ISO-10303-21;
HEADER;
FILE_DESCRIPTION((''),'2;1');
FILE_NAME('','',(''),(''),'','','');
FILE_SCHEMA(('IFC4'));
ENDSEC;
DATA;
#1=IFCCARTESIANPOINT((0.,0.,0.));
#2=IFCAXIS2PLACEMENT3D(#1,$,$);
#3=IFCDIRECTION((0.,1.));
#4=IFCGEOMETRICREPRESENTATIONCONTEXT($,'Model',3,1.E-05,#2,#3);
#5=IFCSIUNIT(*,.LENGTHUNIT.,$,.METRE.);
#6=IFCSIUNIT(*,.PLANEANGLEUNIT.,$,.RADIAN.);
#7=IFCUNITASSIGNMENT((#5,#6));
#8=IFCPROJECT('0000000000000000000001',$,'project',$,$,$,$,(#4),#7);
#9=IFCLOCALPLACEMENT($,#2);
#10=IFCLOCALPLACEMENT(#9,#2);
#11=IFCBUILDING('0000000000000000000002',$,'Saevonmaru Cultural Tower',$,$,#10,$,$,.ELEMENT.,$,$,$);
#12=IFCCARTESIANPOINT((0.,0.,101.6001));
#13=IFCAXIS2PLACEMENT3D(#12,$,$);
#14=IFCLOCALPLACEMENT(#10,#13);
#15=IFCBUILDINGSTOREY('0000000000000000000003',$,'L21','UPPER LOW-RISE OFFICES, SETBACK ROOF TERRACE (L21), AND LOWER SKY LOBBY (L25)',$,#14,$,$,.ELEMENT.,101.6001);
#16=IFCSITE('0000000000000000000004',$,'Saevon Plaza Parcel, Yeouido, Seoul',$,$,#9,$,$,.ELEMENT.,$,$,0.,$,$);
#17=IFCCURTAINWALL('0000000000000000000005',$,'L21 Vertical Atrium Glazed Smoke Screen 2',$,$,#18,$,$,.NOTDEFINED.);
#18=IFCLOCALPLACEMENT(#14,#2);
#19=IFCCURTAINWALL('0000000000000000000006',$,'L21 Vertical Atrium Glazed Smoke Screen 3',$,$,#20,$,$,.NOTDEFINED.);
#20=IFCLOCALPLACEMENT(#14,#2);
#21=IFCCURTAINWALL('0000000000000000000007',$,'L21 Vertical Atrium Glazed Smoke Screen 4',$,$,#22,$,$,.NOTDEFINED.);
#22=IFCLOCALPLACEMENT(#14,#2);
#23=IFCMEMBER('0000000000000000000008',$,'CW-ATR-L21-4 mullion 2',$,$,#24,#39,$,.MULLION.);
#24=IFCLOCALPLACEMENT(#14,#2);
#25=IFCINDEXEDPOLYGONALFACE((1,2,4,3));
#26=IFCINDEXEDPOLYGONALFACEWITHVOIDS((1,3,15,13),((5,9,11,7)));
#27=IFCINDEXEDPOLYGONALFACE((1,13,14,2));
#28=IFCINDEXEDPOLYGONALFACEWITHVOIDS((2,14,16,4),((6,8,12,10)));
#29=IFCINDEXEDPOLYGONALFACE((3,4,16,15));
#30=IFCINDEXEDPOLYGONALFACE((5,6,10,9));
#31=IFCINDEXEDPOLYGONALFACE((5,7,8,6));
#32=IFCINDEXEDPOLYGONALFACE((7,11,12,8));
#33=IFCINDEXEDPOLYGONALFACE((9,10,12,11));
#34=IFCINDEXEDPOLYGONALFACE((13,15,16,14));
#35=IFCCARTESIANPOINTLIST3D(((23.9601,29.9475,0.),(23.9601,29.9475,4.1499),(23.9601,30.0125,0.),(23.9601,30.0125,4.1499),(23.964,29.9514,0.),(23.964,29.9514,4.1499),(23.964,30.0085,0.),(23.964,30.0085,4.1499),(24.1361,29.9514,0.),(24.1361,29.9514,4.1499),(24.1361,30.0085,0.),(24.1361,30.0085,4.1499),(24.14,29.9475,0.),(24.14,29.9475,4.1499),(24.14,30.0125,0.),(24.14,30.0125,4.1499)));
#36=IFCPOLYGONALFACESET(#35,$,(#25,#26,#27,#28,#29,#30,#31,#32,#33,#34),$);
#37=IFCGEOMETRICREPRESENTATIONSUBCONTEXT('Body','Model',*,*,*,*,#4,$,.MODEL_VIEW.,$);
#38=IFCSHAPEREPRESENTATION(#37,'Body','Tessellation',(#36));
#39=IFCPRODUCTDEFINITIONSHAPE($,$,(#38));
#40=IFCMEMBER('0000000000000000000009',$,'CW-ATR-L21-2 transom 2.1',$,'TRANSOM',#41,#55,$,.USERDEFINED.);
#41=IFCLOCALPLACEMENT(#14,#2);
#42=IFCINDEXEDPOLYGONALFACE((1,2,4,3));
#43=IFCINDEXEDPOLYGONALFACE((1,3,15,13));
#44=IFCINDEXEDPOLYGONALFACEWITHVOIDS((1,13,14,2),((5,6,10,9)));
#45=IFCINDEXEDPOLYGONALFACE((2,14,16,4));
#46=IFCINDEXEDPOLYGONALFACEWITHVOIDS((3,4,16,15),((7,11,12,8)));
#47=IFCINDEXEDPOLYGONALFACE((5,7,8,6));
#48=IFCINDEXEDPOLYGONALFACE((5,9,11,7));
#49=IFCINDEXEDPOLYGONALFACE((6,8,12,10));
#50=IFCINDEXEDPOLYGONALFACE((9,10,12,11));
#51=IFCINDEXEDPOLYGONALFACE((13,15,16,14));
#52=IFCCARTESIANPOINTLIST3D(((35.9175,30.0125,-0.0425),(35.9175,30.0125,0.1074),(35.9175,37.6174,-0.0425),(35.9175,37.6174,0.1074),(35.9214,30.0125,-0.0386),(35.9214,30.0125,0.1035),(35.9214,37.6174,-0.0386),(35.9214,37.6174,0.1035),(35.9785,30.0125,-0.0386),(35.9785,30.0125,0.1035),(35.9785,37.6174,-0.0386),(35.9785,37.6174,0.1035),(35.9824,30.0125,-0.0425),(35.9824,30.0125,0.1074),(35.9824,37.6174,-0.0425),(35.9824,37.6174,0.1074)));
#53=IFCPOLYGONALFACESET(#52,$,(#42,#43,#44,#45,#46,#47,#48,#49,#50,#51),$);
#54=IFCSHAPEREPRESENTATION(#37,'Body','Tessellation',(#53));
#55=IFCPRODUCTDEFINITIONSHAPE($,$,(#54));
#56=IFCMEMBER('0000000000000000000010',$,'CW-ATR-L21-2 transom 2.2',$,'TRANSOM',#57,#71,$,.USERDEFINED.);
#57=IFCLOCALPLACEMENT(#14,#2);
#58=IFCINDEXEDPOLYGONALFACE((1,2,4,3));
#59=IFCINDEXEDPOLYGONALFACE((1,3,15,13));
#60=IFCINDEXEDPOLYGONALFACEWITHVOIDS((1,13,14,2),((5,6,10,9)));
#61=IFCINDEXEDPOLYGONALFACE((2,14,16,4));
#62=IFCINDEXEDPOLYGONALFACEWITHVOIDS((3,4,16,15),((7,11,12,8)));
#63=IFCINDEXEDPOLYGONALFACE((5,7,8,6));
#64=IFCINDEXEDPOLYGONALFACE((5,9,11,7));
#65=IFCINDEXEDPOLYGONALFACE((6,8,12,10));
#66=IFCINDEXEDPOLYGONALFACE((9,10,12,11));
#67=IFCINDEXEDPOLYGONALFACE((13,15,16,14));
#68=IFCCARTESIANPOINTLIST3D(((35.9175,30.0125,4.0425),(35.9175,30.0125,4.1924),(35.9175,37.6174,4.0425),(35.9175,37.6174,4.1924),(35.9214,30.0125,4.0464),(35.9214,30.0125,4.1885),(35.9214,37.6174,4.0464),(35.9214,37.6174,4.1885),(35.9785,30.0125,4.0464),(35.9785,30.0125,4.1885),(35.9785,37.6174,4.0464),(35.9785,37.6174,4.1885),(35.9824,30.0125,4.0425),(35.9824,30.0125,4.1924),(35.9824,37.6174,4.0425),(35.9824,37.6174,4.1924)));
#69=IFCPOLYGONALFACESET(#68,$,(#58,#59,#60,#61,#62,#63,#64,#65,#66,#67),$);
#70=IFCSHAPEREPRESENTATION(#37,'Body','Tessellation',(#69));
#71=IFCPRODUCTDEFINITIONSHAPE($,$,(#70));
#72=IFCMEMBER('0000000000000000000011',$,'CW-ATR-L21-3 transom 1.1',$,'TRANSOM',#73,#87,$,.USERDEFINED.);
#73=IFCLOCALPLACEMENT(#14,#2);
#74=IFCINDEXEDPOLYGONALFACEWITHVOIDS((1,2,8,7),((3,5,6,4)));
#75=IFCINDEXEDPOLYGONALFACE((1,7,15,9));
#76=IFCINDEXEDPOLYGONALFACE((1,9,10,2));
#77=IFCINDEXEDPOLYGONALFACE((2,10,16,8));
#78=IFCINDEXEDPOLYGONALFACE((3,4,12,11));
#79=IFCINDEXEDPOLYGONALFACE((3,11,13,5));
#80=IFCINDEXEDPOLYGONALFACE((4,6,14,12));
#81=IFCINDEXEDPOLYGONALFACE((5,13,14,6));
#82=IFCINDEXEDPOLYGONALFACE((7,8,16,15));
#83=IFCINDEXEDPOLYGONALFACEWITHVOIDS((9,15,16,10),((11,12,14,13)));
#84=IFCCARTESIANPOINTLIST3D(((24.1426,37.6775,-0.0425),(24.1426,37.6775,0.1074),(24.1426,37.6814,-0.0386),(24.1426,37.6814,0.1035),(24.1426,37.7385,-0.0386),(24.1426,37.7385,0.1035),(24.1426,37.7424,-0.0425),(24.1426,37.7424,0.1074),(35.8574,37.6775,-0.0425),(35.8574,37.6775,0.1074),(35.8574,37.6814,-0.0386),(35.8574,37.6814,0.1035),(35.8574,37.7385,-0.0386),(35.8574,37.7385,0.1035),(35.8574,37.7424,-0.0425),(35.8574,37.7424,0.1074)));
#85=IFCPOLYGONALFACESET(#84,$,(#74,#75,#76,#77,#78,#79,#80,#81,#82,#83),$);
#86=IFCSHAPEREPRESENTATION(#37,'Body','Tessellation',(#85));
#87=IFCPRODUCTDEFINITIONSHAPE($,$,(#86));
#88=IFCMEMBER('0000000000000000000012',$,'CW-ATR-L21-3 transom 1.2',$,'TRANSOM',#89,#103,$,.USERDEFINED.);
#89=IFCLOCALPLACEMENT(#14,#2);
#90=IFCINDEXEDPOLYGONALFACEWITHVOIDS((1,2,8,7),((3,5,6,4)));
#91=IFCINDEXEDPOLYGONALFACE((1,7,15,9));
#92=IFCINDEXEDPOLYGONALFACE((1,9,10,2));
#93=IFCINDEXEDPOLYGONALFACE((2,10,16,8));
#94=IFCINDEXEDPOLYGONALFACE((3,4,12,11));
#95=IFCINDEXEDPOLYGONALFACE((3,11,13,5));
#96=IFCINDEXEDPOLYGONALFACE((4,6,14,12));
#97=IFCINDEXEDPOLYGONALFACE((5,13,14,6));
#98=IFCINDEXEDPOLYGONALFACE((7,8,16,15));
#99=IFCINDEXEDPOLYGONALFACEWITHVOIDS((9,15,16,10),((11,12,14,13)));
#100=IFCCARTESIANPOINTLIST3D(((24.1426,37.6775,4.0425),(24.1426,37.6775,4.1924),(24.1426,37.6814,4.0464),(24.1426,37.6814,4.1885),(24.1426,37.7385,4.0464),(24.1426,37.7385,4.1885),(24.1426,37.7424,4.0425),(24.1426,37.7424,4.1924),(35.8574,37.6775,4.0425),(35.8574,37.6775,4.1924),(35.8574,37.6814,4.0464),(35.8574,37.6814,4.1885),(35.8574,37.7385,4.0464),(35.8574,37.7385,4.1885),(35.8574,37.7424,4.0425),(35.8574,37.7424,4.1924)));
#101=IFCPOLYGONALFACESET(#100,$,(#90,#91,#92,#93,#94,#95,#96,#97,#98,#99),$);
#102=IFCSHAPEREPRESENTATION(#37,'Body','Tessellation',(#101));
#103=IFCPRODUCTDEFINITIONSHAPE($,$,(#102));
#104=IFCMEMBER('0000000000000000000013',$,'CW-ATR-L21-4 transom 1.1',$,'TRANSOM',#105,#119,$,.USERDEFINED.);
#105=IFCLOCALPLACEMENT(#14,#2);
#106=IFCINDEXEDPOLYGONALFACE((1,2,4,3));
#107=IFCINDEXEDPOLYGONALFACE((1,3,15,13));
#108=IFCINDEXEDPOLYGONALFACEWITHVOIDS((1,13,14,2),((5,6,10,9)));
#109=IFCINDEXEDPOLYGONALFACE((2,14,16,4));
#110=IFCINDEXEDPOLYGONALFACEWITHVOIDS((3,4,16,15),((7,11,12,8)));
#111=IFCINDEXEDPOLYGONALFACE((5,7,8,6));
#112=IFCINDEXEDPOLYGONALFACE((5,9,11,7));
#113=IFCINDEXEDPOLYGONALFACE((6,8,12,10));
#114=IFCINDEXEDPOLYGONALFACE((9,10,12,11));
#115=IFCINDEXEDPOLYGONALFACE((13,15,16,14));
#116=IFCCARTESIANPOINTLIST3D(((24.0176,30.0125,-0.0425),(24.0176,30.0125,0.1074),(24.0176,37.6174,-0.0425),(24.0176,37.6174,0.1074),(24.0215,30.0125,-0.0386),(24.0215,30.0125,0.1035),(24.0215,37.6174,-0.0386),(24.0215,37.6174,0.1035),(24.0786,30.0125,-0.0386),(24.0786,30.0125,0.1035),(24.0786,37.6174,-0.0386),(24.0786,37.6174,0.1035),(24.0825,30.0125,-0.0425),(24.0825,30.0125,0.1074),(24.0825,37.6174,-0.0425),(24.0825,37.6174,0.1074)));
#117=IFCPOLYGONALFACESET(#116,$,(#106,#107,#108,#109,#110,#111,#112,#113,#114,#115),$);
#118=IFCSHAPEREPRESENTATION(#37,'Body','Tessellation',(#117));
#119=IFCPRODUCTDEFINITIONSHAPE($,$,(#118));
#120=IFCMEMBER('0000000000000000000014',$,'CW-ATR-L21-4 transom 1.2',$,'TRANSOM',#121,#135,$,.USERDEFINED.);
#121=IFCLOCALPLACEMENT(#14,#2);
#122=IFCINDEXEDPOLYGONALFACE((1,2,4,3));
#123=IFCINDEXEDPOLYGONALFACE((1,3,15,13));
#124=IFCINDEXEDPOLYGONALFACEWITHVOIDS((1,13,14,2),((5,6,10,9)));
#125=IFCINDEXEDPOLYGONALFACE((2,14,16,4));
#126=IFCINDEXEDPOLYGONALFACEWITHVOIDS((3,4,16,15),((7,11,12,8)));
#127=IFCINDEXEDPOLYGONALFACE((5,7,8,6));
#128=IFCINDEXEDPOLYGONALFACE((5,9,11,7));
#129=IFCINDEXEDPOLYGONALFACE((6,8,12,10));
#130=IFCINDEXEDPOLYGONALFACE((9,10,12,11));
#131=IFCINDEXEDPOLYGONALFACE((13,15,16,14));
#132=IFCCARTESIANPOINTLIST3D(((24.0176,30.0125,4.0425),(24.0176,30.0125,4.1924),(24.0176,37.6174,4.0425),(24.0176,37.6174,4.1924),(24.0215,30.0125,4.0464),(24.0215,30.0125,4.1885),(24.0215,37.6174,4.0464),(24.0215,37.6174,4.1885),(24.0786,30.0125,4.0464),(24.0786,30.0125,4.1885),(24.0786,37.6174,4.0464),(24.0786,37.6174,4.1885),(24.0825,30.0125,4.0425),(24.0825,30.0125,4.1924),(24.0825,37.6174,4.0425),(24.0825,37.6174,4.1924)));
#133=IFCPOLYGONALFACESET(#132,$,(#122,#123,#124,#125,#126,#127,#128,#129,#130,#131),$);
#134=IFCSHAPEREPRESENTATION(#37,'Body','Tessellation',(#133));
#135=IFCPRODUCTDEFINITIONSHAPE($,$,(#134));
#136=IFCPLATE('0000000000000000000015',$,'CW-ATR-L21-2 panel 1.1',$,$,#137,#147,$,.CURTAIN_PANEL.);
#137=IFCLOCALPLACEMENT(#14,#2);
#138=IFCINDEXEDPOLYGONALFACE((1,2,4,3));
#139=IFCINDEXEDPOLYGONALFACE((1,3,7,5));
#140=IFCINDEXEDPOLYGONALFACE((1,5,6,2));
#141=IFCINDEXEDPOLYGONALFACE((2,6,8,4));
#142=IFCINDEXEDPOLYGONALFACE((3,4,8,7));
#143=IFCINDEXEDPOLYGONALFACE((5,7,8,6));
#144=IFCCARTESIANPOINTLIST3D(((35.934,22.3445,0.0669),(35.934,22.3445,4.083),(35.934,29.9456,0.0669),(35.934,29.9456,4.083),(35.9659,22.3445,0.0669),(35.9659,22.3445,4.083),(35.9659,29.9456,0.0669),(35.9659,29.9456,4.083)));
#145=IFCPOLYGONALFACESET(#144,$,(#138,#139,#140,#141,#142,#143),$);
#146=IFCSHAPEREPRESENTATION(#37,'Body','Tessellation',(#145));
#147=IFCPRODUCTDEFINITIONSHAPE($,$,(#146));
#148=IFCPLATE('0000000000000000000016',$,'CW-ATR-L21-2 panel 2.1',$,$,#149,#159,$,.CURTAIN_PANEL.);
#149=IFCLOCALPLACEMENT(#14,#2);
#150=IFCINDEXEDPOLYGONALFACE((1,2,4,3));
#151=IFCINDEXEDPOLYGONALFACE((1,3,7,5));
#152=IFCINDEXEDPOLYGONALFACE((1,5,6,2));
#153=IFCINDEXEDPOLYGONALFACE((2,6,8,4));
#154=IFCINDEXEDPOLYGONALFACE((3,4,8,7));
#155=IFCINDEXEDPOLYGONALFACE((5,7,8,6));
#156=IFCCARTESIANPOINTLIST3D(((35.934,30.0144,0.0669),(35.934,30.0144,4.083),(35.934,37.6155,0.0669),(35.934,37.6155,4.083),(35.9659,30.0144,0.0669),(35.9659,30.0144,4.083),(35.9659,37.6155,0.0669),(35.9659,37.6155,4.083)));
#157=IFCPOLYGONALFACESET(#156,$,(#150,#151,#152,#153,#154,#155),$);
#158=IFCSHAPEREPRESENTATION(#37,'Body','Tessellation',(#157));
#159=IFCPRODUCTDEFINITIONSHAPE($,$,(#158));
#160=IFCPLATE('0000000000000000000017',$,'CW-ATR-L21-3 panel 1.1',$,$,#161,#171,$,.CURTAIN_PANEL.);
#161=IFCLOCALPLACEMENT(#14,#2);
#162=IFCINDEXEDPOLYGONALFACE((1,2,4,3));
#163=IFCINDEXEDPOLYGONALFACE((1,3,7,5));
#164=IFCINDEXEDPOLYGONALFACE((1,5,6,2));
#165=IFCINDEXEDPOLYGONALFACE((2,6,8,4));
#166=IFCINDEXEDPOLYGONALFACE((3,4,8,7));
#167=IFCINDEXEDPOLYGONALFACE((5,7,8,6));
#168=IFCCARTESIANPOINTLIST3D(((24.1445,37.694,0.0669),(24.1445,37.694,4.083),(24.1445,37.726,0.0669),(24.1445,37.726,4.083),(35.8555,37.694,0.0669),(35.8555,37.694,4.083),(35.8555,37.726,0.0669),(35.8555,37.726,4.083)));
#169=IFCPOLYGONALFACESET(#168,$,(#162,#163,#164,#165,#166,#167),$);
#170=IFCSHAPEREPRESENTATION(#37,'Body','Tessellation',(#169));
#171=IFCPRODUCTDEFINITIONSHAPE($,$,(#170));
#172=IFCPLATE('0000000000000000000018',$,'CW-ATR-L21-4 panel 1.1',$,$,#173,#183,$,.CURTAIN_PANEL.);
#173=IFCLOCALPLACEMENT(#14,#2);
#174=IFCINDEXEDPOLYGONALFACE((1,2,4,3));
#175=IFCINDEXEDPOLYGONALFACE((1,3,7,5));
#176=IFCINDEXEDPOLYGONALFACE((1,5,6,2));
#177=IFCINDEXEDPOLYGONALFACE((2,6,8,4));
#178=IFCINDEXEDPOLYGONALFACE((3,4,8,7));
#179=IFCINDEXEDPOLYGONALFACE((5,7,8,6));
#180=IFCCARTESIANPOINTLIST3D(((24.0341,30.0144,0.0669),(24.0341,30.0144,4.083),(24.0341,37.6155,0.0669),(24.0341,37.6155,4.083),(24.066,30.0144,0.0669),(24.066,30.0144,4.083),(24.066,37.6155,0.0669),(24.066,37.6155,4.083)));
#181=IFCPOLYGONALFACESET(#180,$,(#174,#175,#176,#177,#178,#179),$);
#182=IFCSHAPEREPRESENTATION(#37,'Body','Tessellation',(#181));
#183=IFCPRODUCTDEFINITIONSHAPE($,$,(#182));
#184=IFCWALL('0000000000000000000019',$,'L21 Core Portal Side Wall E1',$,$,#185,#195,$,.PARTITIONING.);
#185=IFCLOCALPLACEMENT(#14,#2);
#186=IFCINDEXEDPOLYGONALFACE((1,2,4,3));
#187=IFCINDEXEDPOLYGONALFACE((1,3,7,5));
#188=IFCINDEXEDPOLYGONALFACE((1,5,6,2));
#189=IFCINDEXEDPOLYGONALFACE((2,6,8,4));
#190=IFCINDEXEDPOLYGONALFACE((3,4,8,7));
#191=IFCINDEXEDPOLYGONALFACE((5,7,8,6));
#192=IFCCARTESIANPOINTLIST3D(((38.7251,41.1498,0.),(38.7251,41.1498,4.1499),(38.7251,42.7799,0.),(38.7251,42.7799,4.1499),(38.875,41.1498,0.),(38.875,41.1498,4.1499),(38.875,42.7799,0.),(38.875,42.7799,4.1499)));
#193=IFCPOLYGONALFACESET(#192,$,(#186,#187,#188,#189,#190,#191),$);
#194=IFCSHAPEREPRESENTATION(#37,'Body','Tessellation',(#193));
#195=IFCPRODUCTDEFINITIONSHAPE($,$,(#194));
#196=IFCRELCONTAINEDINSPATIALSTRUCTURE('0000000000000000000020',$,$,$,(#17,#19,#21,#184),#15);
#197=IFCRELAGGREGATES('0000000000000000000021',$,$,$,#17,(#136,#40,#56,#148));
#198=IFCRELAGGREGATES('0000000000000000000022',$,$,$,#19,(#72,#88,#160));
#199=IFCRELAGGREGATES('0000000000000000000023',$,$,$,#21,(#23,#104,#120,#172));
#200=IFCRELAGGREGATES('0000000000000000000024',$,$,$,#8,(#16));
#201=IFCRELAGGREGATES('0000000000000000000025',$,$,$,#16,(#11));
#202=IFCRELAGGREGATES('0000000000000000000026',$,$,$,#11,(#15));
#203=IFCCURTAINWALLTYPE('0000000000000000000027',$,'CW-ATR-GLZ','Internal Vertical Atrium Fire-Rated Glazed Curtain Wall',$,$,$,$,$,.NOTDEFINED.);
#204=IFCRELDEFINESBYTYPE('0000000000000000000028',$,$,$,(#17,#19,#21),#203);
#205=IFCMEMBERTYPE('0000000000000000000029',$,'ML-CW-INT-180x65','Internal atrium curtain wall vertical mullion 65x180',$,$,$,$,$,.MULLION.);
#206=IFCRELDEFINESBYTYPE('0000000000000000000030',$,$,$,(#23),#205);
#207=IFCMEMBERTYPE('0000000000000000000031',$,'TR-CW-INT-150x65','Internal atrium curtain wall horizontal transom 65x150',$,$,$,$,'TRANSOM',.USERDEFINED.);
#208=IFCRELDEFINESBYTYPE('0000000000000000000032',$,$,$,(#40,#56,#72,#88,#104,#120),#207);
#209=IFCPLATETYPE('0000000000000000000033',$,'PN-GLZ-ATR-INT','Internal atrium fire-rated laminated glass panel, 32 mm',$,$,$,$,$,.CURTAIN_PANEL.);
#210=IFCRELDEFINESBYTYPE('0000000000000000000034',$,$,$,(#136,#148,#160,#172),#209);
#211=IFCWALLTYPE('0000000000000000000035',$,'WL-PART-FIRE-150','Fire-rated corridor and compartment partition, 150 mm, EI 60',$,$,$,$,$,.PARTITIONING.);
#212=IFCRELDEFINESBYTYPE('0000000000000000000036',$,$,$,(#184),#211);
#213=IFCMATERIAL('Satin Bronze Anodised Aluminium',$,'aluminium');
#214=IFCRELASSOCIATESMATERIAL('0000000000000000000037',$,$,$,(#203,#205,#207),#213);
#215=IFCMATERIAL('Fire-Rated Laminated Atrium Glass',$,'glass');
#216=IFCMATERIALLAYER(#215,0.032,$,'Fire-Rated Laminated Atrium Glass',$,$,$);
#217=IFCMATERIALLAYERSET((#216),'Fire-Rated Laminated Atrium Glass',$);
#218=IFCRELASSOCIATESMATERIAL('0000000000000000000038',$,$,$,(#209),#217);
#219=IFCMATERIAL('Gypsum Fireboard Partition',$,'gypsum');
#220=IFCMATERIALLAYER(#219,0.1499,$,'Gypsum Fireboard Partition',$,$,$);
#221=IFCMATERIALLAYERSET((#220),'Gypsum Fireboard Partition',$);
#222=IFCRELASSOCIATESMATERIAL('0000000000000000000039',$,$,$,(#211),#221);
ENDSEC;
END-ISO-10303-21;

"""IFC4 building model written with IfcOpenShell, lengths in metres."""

from ifc_helpers import new_model, si_unit, direction, frame, frame_2d, origin, origin_2d, place, context, subcontext, project, spatial, rectangle, hollow_rectangle, extrude, material, layer, layer_set, material_profile, profile_set, type_object, element, aggregate, save


model = new_model("IFC4")

# Units and contexts
model_context = context("Model", 3, precision=1e-05, world=origin(), true_north=direction((0.0, 1.0)))
body_context = subcontext(model_context, "Body", "Model", "MODEL_VIEW")
ifc_project = project(units=[si_unit("LENGTHUNIT", "METRE"), si_unit("PLANEANGLEUNIT", "RADIAN")], contexts=[model_context])

# Site, building, storey
site_placement = place(None, origin())
site = spatial("IfcSite", under=ifc_project, at=site_placement, Name="Saevon Plaza Parcel, Yeouido, Seoul", CompositionType="ELEMENT", RefElevation=0.0)
building_placement = place(site_placement, origin())
building = spatial("IfcBuilding", under=site, at=building_placement, Name="Saevonmaru Cultural Tower", CompositionType="ELEMENT")
storey_placement = place(building_placement, frame((0.0, 0.0, 101.6001)))
storey = spatial("IfcBuildingStorey", under=building, at=storey_placement, Name="L21", Description="UPPER LOW-RISE OFFICES, SETBACK ROOF TERRACE (L21), AND LOWER SKY LOBBY (L25)", CompositionType="ELEMENT", Elevation=101.6001)

# Curtain walls, member
ifc_material_1 = material(Name="Satin Bronze Anodised Aluminium", Category="aluminium")
curtain_wall_type = type_object("IfcCurtainWallType", Name="CW-ATR-GLZ", Description="Internal Vertical Atrium Fire-Rated Glazed Curtain Wall", PredefinedType="NOTDEFINED", material=ifc_material_1)
curtain_wall_1_placement = place(storey_placement, origin())
curtain_wall_1 = element("IfcCurtainWall", 1, at=curtain_wall_1_placement, inside=storey, type_object=curtain_wall_type, Name="L21 Vertical Atrium Glazed Smoke Screen 2", PredefinedType="NOTDEFINED")
ifc_material_profile_1 = material_profile(ifc_material_1, hollow_rectangle(XDim=0.0649, YDim=0.1799, WallThickness=0.0039, at=origin_2d()), Name="ALU-MULL-180x65x4")
ifc_profile_set_1 = profile_set([ifc_material_profile_1], Name="Satin Bronze Anodised Aluminium")
member_type_1 = type_object("IfcMemberType", Name="ML-CW-INT-180x65", Description="Internal atrium curtain wall vertical mullion 65x180", PredefinedType="MULLION", material=ifc_profile_set_1)
curtain_wall_2_placement = place(storey_placement, origin())
curtain_wall_2 = element("IfcCurtainWall", 2, at=curtain_wall_2_placement, inside=storey, type_object=curtain_wall_type, Name="L21 Vertical Atrium Glazed Smoke Screen 3", PredefinedType="NOTDEFINED")
curtain_wall_3_placement = place(storey_placement, origin())
curtain_wall_3 = element("IfcCurtainWall", 3, at=curtain_wall_3_placement, inside=storey, type_object=curtain_wall_type, Name="L21 Vertical Atrium Glazed Smoke Screen 4", PredefinedType="NOTDEFINED")
member_1_placement = place(storey_placement, frame((24.05, 29.98, 0.0), z_axis=(0.0, 0.0, 1.0), x_axis=(0.0, -1.0, 0.0)))
member_1 = element("IfcMember", 4, at=member_1_placement, type_object=member_type_1, Name="CW-ATR-L21-4 mullion 2", PredefinedType="MULLION", context=body_context, shape_type="SweptSolid", body=[
    extrude(hollow_rectangle(XDim=0.0649, YDim=0.1799, WallThickness=0.0039, at=origin_2d()), origin(), (0.0, 0.0, 1.0), 4.1499),
])

# Members
ifc_material_profile_2 = material_profile(ifc_material_1, hollow_rectangle(XDim=0.0649, YDim=0.1499, WallThickness=0.0039, at=origin_2d()), Name="ALU-TRAN-150x65x4")
ifc_profile_set_2 = profile_set([ifc_material_profile_2], Name="Satin Bronze Anodised Aluminium")
member_type_2 = type_object("IfcMemberType", Name="TR-CW-INT-150x65", Description="Internal atrium curtain wall horizontal transom 65x150", ElementType="TRANSOM", PredefinedType="USERDEFINED", material=ifc_profile_set_2)
member_2_placement = place(storey_placement, frame((35.95, 30.0125, 0.0325), z_axis=(0.0, 1.0, 0.0), x_axis=(-1.0, 0.0, 0.0)))
member_2 = element("IfcMember", 5, at=member_2_placement, type_object=member_type_2, Name="CW-ATR-L21-2 transom 2.1", ObjectType="TRANSOM", PredefinedType="USERDEFINED", context=body_context, shape_type="SweptSolid", body=[
    extrude(hollow_rectangle(XDim=0.0649, YDim=0.1499, WallThickness=0.0039, at=origin_2d()), origin(), (0.0, 0.0, 1.0), 7.605),
])
member_3_placement = place(storey_placement, frame((35.95, 30.0125, 4.1174), z_axis=(0.0, 1.0, 0.0), x_axis=(-1.0, 0.0, 0.0)))
member_3 = element("IfcMember", 6, at=member_3_placement, type_object=member_type_2, Name="CW-ATR-L21-2 transom 2.2", ObjectType="TRANSOM", PredefinedType="USERDEFINED", context=body_context, shape_type="SweptSolid", body=[
    extrude(hollow_rectangle(XDim=0.0649, YDim=0.1499, WallThickness=0.0039, at=origin_2d()), origin(), (0.0, 0.0, 1.0), 7.605),
])
member_4_placement = place(storey_placement, frame((35.8574, 37.71, 0.0325), z_axis=(-1.0, 0.0, 0.0), x_axis=(0.0, -1.0, 0.0)))
member_4 = element("IfcMember", 7, at=member_4_placement, type_object=member_type_2, Name="CW-ATR-L21-3 transom 1.1", ObjectType="TRANSOM", PredefinedType="USERDEFINED", context=body_context, shape_type="SweptSolid", body=[
    extrude(hollow_rectangle(XDim=0.0649, YDim=0.1499, WallThickness=0.0039, at=origin_2d()), origin(), (0.0, 0.0, 1.0), 11.7148),
])
member_5_placement = place(storey_placement, frame((35.8574, 37.71, 4.1174), z_axis=(-1.0, 0.0, 0.0), x_axis=(0.0, -1.0, 0.0)))
member_5 = element("IfcMember", 8, at=member_5_placement, type_object=member_type_2, Name="CW-ATR-L21-3 transom 1.2", ObjectType="TRANSOM", PredefinedType="USERDEFINED", context=body_context, shape_type="SweptSolid", body=[
    extrude(hollow_rectangle(XDim=0.0649, YDim=0.1499, WallThickness=0.0039, at=origin_2d()), origin(), (0.0, 0.0, 1.0), 11.7148),
])
member_6_placement = place(storey_placement, frame((24.05, 37.6174, 0.0325), z_axis=(0.0, -1.0, 0.0), x_axis=(1.0, 0.0, 0.0)))
member_6 = element("IfcMember", 9, at=member_6_placement, type_object=member_type_2, Name="CW-ATR-L21-4 transom 1.1", ObjectType="TRANSOM", PredefinedType="USERDEFINED", context=body_context, shape_type="SweptSolid", body=[
    extrude(hollow_rectangle(XDim=0.0649, YDim=0.1499, WallThickness=0.0039, at=origin_2d()), origin(), (0.0, 0.0, 1.0), 7.605),
])
member_7_placement = place(storey_placement, frame((24.05, 37.6174, 4.1174), z_axis=(0.0, -1.0, 0.0), x_axis=(1.0, 0.0, 0.0)))
member_7 = element("IfcMember", 10, at=member_7_placement, type_object=member_type_2, Name="CW-ATR-L21-4 transom 1.2", ObjectType="TRANSOM", PredefinedType="USERDEFINED", context=body_context, shape_type="SweptSolid", body=[
    extrude(hollow_rectangle(XDim=0.0649, YDim=0.1499, WallThickness=0.0039, at=origin_2d()), origin(), (0.0, 0.0, 1.0), 7.605),
])

# Plates
ifc_material_2 = material(Name="Fire-Rated Laminated Atrium Glass", Category="glass")
ifc_layer_1 = layer(ifc_material_2, 0.032, Name="Fire-Rated Laminated Atrium Glass")
ifc_layer_set_1 = layer_set([ifc_layer_1], Name="Fire-Rated Laminated Atrium Glass")
plate_type = type_object("IfcPlateType", Name="PN-GLZ-ATR-INT", Description="Internal atrium fire-rated laminated glass panel, 32 mm", PredefinedType="CURTAIN_PANEL", material=ifc_layer_set_1)
plate_1_placement = place(storey_placement, frame((35.95, 26.145, 0.0669), z_axis=(0.0, 0.0, 1.0), x_axis=(0.0, 1.0, 0.0)))
plate_1 = element("IfcPlate", 11, at=plate_1_placement, type_object=plate_type, Name="CW-ATR-L21-2 panel 1.1", PredefinedType="CURTAIN_PANEL", context=body_context, shape_type="SweptSolid", body=[
    extrude(rectangle(XDim=7.6011, YDim=0.032, at=origin_2d()), origin(), (0.0, 0.0, 1.0), 4.0161),
])
plate_2_placement = place(storey_placement, frame((35.95, 33.8149, 0.0669), z_axis=(0.0, 0.0, 1.0), x_axis=(0.0, 1.0, 0.0)))
plate_2 = element("IfcPlate", 12, at=plate_2_placement, type_object=plate_type, Name="CW-ATR-L21-2 panel 2.1", PredefinedType="CURTAIN_PANEL", context=body_context, shape_type="SweptSolid", body=[
    extrude(rectangle(XDim=7.6011, YDim=0.032, at=origin_2d()), origin(), (0.0, 0.0, 1.0), 4.0161),
])
aggregate(curtain_wall_1, [plate_1, member_2, member_3, plate_2])
plate_3_placement = place(storey_placement, frame((30.0, 37.71, 0.0669), z_axis=(0.0, 0.0, 1.0), x_axis=(-1.0, 0.0, 0.0)))
plate_3 = element("IfcPlate", 13, at=plate_3_placement, type_object=plate_type, Name="CW-ATR-L21-3 panel 1.1", PredefinedType="CURTAIN_PANEL", context=body_context, shape_type="SweptSolid", body=[
    extrude(rectangle(XDim=11.7109, YDim=0.032, at=origin_2d()), origin(), (0.0, 0.0, 1.0), 4.0161),
])
aggregate(curtain_wall_2, [member_4, member_5, plate_3])
plate_4_placement = place(storey_placement, frame((24.05, 33.8149, 0.0669), z_axis=(0.0, 0.0, 1.0), x_axis=(0.0, -1.0, 0.0)))
plate_4 = element("IfcPlate", 14, at=plate_4_placement, type_object=plate_type, Name="CW-ATR-L21-4 panel 1.1", PredefinedType="CURTAIN_PANEL", context=body_context, shape_type="SweptSolid", body=[
    extrude(rectangle(XDim=7.6011, YDim=0.032, at=origin_2d()), origin(), (0.0, 0.0, 1.0), 4.0161),
])
aggregate(curtain_wall_3, [member_1, member_6, member_7, plate_4])

# Wall
ifc_material_3 = material(Name="Gypsum Fireboard Partition", Category="gypsum")
ifc_layer_2 = layer(ifc_material_3, 0.1499, Name="Gypsum Fireboard Partition")
ifc_layer_set_2 = layer_set([ifc_layer_2], Name="Gypsum Fireboard Partition")
wall_type_1 = type_object("IfcWallType", Name="WL-PART-FIRE-150", Description="Fire-rated corridor and compartment partition, 150 mm, EI 60", PredefinedType="PARTITIONING", material=ifc_layer_set_2)
wall_1_placement = place(storey_placement, frame((38.8, 41.1499, 0.0), z_axis=(0.0, 0.0, 1.0), x_axis=(0.0, 1.0, 0.0)))
element("IfcWall", 15, at=wall_1_placement, inside=storey, type_object=wall_type_1, Name="L21 Core Portal Side Wall E1", PredefinedType="PARTITIONING", context=body_context, shape_type="SweptSolid", body=[
    extrude(rectangle(XDim=1.6301, YDim=0.1499, at=frame_2d((0.8149, 0.0))), origin(), (0.0, 0.0, 1.0), 4.1499),
])

save(model, "model.ifc")
